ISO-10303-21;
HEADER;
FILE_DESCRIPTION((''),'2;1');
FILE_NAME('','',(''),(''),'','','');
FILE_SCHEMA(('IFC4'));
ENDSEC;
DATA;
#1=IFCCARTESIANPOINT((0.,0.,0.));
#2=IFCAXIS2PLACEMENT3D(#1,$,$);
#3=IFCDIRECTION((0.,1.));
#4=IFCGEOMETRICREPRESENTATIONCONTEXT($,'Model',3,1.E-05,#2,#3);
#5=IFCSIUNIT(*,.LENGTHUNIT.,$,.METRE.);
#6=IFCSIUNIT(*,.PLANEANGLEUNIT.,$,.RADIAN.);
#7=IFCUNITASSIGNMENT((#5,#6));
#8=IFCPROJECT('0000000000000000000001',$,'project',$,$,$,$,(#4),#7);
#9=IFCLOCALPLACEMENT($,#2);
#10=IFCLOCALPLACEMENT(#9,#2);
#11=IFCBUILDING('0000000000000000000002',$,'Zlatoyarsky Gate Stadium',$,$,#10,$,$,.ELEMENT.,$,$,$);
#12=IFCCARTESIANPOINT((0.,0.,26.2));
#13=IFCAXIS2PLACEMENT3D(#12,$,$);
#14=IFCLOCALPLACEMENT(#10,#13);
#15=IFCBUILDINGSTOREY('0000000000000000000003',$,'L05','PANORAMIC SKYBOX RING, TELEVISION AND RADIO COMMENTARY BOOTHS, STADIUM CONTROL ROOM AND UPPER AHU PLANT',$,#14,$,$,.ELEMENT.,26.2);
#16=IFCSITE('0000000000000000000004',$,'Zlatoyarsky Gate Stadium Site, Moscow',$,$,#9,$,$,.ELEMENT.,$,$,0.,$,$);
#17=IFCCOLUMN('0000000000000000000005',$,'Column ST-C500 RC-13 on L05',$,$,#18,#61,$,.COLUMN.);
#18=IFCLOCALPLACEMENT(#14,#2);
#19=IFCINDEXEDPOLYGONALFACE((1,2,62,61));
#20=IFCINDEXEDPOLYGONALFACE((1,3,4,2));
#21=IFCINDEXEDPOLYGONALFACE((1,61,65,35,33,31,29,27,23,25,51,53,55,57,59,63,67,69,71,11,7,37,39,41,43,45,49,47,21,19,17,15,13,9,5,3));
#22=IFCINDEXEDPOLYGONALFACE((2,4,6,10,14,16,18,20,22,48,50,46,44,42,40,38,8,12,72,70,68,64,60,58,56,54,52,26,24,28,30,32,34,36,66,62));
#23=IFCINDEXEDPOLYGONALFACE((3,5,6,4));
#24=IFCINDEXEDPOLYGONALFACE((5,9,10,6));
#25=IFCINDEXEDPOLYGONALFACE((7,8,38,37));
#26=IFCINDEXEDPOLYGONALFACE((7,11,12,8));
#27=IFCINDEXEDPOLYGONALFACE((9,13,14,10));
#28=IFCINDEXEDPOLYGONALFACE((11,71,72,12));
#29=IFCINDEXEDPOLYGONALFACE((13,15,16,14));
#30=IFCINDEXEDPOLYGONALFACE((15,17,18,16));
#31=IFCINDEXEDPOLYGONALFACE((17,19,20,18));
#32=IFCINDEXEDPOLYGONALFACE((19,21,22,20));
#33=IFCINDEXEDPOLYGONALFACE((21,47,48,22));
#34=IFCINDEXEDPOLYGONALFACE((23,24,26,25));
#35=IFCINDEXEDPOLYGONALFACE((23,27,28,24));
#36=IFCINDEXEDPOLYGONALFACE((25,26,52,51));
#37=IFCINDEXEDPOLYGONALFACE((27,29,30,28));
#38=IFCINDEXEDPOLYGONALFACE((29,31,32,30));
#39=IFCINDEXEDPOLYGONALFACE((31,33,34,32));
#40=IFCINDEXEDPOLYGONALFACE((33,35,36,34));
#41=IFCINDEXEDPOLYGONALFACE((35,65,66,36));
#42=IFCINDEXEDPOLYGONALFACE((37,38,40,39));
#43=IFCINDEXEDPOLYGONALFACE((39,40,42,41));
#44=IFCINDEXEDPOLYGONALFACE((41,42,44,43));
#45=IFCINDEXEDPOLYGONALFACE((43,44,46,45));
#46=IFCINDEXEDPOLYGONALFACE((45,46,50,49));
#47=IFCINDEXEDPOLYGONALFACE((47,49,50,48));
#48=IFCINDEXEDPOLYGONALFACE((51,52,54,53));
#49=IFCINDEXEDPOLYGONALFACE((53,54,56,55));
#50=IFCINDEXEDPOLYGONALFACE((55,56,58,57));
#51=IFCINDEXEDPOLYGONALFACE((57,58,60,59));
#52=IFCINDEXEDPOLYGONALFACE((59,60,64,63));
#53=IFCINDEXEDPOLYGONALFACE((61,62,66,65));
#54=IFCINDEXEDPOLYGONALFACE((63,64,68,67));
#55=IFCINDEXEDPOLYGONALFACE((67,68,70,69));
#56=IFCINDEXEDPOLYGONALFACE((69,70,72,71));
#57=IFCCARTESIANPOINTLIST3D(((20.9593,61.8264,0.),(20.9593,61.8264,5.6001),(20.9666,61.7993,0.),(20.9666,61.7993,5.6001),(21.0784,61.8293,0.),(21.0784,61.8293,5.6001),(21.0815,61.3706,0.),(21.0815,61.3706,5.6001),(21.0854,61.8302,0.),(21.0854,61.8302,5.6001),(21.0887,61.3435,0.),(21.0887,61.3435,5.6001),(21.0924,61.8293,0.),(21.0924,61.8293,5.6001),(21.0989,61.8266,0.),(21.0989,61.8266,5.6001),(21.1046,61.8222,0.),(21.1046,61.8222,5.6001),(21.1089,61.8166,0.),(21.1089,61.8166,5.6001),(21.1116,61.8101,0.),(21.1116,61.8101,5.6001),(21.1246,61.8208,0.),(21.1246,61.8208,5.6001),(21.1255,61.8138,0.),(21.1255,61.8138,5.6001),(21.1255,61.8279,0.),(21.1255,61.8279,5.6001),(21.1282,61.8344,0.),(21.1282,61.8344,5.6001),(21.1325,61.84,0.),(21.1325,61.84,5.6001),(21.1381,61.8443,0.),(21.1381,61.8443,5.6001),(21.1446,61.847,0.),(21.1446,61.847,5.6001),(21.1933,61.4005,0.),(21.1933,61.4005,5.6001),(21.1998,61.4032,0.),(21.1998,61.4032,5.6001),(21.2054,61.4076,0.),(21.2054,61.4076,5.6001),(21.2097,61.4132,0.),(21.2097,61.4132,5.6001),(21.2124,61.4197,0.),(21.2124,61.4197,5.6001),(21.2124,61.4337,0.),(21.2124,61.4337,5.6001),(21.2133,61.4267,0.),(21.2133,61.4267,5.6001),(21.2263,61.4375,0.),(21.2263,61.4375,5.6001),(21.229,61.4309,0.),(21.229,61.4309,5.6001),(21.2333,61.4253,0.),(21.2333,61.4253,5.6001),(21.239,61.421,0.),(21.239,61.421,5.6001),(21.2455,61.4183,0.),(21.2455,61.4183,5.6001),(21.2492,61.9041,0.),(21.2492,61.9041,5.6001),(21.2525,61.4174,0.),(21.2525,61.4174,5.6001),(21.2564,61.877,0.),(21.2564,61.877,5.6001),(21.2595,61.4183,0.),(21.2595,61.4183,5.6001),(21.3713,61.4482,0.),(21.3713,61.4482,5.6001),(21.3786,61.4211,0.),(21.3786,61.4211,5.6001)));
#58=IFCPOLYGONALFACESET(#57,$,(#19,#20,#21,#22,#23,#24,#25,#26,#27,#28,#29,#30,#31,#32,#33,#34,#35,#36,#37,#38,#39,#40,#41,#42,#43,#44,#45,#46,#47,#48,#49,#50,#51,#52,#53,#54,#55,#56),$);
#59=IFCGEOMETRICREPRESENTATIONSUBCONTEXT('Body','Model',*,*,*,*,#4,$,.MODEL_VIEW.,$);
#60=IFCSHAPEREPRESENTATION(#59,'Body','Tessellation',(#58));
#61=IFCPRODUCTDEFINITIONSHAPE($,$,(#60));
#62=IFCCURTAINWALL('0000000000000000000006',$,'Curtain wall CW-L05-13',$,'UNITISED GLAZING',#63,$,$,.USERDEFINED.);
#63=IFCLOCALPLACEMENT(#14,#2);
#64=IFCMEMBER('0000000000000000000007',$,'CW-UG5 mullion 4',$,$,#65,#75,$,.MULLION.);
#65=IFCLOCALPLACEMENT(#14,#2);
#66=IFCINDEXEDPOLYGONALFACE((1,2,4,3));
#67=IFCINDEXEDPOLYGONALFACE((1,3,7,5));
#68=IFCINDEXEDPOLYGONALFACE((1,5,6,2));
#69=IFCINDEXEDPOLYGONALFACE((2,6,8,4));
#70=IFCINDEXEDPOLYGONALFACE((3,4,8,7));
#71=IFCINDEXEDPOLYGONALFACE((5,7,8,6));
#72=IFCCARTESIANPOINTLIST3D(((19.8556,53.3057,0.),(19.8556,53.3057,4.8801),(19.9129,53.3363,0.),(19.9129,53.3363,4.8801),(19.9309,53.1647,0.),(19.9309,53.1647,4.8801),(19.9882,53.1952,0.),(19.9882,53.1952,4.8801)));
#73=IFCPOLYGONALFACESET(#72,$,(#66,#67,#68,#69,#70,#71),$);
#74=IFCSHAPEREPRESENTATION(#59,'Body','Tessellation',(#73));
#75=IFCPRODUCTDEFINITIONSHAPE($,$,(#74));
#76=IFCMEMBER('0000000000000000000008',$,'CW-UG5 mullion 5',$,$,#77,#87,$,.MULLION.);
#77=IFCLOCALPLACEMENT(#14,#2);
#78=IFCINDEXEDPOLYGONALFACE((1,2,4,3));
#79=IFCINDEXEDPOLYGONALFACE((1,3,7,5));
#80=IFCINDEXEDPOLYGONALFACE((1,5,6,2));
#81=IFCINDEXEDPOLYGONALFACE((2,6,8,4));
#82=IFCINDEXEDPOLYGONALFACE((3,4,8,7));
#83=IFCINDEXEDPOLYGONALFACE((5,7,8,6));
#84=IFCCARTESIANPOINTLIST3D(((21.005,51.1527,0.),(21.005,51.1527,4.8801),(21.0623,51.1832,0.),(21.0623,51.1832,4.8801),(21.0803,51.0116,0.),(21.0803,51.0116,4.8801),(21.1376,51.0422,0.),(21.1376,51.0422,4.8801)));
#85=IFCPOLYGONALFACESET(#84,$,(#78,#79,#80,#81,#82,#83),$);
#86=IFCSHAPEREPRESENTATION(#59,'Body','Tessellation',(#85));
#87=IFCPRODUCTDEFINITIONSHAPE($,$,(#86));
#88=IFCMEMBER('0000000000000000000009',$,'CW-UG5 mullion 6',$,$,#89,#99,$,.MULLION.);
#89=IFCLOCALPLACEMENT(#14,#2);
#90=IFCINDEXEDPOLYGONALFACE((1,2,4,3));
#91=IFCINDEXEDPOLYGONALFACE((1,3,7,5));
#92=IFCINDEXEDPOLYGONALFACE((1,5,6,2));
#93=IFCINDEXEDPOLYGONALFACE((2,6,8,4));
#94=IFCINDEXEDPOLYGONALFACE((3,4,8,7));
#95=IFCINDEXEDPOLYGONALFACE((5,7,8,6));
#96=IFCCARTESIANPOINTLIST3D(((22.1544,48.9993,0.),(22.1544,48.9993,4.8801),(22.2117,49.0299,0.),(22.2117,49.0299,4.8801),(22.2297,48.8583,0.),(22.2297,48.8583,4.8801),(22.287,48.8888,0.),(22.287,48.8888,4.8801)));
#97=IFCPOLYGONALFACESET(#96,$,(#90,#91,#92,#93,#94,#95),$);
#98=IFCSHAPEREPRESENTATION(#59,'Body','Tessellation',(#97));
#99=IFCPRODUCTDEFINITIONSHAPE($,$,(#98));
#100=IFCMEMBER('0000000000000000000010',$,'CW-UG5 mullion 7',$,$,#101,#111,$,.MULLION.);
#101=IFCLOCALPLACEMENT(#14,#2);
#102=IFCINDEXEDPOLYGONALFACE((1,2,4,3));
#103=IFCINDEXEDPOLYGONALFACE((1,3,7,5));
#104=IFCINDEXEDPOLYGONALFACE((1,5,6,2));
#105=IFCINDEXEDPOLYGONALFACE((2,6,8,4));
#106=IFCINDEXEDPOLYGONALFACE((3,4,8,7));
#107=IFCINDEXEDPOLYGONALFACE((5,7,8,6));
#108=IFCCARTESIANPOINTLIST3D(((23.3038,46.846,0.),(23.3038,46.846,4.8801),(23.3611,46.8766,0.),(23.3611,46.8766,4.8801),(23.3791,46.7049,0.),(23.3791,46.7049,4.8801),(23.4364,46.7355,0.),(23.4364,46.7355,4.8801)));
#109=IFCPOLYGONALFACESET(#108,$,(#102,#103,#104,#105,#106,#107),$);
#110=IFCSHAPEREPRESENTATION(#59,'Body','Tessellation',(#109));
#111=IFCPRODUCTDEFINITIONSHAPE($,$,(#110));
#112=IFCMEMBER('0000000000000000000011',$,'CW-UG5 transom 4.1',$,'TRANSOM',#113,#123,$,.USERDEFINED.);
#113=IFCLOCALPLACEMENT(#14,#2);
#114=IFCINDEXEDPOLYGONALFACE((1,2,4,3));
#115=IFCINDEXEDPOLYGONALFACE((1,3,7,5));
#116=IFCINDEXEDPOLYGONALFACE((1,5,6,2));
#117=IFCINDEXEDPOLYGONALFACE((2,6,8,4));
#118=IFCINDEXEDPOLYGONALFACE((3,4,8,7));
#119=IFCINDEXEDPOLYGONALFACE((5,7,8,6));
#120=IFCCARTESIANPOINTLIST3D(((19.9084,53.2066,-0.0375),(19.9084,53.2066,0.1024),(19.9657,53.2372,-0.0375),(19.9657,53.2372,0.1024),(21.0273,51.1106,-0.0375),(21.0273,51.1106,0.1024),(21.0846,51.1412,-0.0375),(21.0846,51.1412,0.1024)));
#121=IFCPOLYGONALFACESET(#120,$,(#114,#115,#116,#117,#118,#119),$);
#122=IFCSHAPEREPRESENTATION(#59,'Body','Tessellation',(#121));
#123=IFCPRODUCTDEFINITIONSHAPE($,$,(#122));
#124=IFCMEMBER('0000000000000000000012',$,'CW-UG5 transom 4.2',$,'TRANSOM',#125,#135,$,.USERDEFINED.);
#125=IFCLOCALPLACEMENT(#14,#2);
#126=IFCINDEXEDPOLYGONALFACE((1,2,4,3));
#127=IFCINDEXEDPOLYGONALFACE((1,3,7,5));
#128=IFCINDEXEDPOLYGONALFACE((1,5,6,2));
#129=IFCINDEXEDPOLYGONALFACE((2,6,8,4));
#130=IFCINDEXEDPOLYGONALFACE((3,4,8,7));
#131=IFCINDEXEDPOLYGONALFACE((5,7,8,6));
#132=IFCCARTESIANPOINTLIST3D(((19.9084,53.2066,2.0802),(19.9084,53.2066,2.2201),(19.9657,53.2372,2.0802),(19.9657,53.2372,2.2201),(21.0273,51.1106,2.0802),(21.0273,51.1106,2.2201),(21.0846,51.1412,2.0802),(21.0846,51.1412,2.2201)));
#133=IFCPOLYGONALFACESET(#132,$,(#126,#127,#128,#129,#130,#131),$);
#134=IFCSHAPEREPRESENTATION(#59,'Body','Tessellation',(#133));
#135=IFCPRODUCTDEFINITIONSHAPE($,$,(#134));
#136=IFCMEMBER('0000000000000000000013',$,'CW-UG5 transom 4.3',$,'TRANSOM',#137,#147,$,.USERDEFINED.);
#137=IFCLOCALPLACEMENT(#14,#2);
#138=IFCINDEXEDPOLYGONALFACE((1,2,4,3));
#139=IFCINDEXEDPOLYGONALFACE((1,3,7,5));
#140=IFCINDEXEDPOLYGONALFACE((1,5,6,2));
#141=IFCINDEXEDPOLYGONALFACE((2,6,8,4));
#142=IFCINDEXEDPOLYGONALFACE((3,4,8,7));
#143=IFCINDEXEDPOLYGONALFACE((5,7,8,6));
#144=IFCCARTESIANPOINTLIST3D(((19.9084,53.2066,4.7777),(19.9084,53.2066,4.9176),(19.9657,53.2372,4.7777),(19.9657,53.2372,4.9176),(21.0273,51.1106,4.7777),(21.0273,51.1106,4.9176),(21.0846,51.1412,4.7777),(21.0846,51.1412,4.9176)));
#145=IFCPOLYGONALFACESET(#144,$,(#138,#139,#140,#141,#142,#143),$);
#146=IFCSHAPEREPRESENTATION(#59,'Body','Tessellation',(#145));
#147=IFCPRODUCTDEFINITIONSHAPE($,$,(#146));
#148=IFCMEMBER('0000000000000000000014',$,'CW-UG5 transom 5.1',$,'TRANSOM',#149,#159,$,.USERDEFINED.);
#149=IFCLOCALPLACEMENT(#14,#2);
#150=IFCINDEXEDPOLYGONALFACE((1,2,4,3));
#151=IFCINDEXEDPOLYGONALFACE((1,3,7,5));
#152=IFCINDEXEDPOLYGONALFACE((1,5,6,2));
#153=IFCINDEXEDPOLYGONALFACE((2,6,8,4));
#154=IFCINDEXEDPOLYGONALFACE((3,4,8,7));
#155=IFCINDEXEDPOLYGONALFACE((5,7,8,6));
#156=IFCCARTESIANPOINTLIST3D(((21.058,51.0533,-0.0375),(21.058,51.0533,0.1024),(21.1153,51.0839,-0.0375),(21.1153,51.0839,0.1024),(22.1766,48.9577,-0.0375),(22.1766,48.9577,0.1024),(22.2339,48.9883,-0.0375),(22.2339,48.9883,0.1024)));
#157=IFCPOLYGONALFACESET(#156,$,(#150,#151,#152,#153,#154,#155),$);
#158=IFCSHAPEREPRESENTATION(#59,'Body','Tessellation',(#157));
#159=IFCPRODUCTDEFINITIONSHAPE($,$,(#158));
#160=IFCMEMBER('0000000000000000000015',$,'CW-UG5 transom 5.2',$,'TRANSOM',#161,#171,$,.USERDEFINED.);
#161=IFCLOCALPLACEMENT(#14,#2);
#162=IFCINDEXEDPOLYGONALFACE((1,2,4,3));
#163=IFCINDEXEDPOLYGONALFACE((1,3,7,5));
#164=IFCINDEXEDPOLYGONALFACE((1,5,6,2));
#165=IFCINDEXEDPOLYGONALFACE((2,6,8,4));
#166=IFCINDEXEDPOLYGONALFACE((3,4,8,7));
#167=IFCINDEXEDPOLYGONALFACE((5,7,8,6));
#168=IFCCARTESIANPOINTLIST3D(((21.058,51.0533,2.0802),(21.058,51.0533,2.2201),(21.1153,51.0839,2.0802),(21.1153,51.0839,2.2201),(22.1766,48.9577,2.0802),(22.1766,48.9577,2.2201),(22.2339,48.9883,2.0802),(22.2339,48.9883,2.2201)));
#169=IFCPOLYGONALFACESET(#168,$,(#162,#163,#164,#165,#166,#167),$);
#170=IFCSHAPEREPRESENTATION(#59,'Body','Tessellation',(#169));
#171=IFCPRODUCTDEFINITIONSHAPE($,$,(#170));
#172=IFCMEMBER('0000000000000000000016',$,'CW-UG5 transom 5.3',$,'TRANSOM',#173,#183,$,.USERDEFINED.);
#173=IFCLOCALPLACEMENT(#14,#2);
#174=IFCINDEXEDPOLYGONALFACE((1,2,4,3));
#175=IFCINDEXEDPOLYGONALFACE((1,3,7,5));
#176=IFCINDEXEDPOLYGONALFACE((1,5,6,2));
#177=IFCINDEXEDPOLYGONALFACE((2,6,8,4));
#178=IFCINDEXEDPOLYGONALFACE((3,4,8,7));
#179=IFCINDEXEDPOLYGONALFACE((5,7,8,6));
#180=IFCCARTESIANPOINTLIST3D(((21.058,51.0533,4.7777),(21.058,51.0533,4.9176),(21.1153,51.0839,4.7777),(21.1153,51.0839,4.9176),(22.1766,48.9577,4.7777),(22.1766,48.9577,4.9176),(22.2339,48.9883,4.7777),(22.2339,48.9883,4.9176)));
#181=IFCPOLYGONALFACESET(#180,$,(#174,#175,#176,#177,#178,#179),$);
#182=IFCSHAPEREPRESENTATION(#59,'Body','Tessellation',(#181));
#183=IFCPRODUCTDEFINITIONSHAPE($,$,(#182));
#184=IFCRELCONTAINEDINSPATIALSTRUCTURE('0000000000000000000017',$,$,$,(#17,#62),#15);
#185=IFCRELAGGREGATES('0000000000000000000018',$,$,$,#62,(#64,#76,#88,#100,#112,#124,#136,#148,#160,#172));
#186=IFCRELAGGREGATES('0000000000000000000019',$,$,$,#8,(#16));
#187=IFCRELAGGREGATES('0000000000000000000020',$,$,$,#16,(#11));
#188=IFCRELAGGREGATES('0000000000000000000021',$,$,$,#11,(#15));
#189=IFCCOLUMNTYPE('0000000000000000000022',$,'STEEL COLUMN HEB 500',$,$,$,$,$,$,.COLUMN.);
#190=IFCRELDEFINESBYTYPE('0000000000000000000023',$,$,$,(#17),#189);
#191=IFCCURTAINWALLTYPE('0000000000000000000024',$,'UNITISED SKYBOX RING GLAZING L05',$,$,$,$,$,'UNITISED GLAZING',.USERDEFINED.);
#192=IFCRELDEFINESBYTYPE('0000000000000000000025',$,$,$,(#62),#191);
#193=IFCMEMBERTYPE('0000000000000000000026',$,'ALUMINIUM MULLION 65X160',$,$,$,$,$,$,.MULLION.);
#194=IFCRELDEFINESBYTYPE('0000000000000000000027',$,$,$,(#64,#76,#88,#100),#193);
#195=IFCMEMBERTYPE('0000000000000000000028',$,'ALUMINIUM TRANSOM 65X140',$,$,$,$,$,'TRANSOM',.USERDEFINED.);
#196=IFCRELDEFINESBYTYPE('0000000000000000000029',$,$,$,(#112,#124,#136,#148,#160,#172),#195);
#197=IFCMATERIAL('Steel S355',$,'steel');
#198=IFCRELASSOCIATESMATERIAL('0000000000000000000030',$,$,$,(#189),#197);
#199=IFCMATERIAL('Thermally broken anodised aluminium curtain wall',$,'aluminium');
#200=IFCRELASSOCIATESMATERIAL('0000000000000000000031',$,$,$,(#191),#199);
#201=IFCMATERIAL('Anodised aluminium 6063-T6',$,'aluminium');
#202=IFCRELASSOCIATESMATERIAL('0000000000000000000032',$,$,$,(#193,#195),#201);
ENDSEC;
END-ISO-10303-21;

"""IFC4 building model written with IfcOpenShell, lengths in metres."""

from ifc_helpers import new_model, si_unit, direction, frame, origin, origin_2d, place, context, subcontext, project, spatial, rectangle, i_section, extrude, material, material_profile, profile_set, type_object, element, aggregate, save


model = new_model("IFC4")

# Units and contexts
model_context = context("Model", 3, precision=1e-05, world=origin(), true_north=direction((0.0, 1.0)))
body_context = subcontext(model_context, "Body", "Model", "MODEL_VIEW")
ifc_project = project(units=[si_unit("LENGTHUNIT", "METRE"), si_unit("PLANEANGLEUNIT", "RADIAN")], contexts=[model_context])

# Site, building, storey
site_placement = place(None, origin())
site = spatial("IfcSite", under=ifc_project, at=site_placement, Name="Zlatoyarsky Gate Stadium Site, Moscow", CompositionType="ELEMENT", RefElevation=0.0)
building_placement = place(site_placement, origin())
building = spatial("IfcBuilding", under=site, at=building_placement, Name="Zlatoyarsky Gate Stadium", CompositionType="ELEMENT")
storey_placement = place(building_placement, frame((0.0, 0.0, 26.2)))
storey = spatial("IfcBuildingStorey", under=building, at=storey_placement, Name="L05", Description="PANORAMIC SKYBOX RING, TELEVISION AND RADIO COMMENTARY BOOTHS, STADIUM CONTROL ROOM AND UPPER AHU PLANT", CompositionType="ELEMENT", Elevation=26.2)

# Column
ifc_material_1 = material(Name="Steel S355", Category="steel")
ifc_material_profile_1 = material_profile(ifc_material_1, i_section(OverallWidth=0.3, OverallDepth=0.5, WebThickness=0.0144, FlangeThickness=0.0281, FilletRadius=0.0271, at=origin_2d()), Name="HEB 500")
ifc_profile_set_1 = profile_set([ifc_material_profile_1], Name="Steel S355")
column_type = type_object("IfcColumnType", Name="STEEL COLUMN HEB 500", PredefinedType="COLUMN", material=ifc_profile_set_1)
column_placement = place(storey_placement, frame((21.1689, 61.6238, 0.0), z_axis=(0.0, 0.0, 1.0), x_axis=(-0.965926, -0.258819, 0.0)))
element("IfcColumn", 1, at=column_placement, inside=storey, type_object=column_type, Name="Column ST-C500 RC-13 on L05", PredefinedType="COLUMN", context=body_context, shape_type="SweptSolid", body=[
    extrude(i_section(OverallWidth=0.3, OverallDepth=0.5, WebThickness=0.0144, FlangeThickness=0.0281, FilletRadius=0.0271, at=origin_2d()), origin(), (0.0, 0.0, 1.0), 5.6001),
])

# Curtain wall, members
ifc_material_2 = material(Name="Thermally broken anodised aluminium curtain wall", Category="aluminium")
curtain_wall_type = type_object("IfcCurtainWallType", Name="UNITISED SKYBOX RING GLAZING L05", ElementType="UNITISED GLAZING", PredefinedType="USERDEFINED", material=ifc_material_2)
curtain_wall_placement = place(storey_placement, origin())
curtain_wall = element("IfcCurtainWall", 2, at=curtain_wall_placement, inside=storey, type_object=curtain_wall_type, Name="Curtain wall CW-L05-13", ObjectType="UNITISED GLAZING", PredefinedType="USERDEFINED")
ifc_material_3 = material(Name="Anodised aluminium 6063-T6", Category="aluminium")
ifc_material_profile_2 = material_profile(ifc_material_3, rectangle(XDim=0.0649, YDim=0.1599, at=origin_2d()), Name="ALU 65X160")
ifc_profile_set_2 = profile_set([ifc_material_profile_2], Name="Anodised aluminium 6063-T6")
member_type_1 = type_object("IfcMemberType", Name="ALUMINIUM MULLION 65X160", PredefinedType="MULLION", material=ifc_profile_set_2)
member_1_placement = place(storey_placement, frame((19.9219, 53.2505, 0.0), z_axis=(0.0, 0.0, 1.0), x_axis=(0.882167, 0.470937, 0.0)))
member_1 = element("IfcMember", 3, at=member_1_placement, type_object=member_type_1, Name="CW-UG5 mullion 4", PredefinedType="MULLION", context=body_context, shape_type="SweptSolid", body=[
    extrude(rectangle(XDim=0.0649, YDim=0.1599, at=origin_2d()), origin(), (0.0, 0.0, 1.0), 4.8801),
])
member_2_placement = place(storey_placement, frame((21.0713, 51.0974, 0.0), z_axis=(0.0, 0.0, 1.0), x_axis=(0.882167, 0.470937, 0.0)))
member_2 = element("IfcMember", 4, at=member_2_placement, type_object=member_type_1, Name="CW-UG5 mullion 5", PredefinedType="MULLION", context=body_context, shape_type="SweptSolid", body=[
    extrude(rectangle(XDim=0.0649, YDim=0.1599, at=origin_2d()), origin(), (0.0, 0.0, 1.0), 4.8801),
])
member_3_placement = place(storey_placement, frame((22.2207, 48.9441, 0.0), z_axis=(0.0, 0.0, 1.0), x_axis=(0.882167, 0.470937, 0.0)))
member_3 = element("IfcMember", 5, at=member_3_placement, type_object=member_type_1, Name="CW-UG5 mullion 6", PredefinedType="MULLION", context=body_context, shape_type="SweptSolid", body=[
    extrude(rectangle(XDim=0.0649, YDim=0.1599, at=origin_2d()), origin(), (0.0, 0.0, 1.0), 4.8801),
])
member_4_placement = place(storey_placement, frame((23.3701, 46.7908, 0.0), z_axis=(0.0, 0.0, 1.0), x_axis=(0.882167, 0.470937, 0.0)))
member_4 = element("IfcMember", 6, at=member_4_placement, type_object=member_type_1, Name="CW-UG5 mullion 7", PredefinedType="MULLION", context=body_context, shape_type="SweptSolid", body=[
    extrude(rectangle(XDim=0.0649, YDim=0.1599, at=origin_2d()), origin(), (0.0, 0.0, 1.0), 4.8801),
])
ifc_material_profile_3 = material_profile(ifc_material_3, rectangle(XDim=0.0649, YDim=0.1399, at=origin_2d()), Name="ALU 65X140")
ifc_profile_set_3 = profile_set([ifc_material_profile_3], Name="Anodised aluminium 6063-T6")
member_type_2 = type_object("IfcMemberType", Name="ALUMINIUM TRANSOM 65X140", ElementType="TRANSOM", PredefinedType="USERDEFINED", material=ifc_profile_set_3)
member_5_placement = place(storey_placement, frame((19.937, 53.2219, 0.0325), z_axis=(0.470935, -0.882168, 0.0), x_axis=(0.882168, 0.470935, 0.0)))
member_5 = element("IfcMember", 7, at=member_5_placement, type_object=member_type_2, Name="CW-UG5 transom 4.1", ObjectType="TRANSOM", PredefinedType="USERDEFINED", context=body_context, shape_type="SweptSolid", body=[
    extrude(rectangle(XDim=0.0649, YDim=0.1399, at=origin_2d()), origin(), (0.0, 0.0, 1.0), 2.376),
])
member_6_placement = place(storey_placement, frame((19.937, 53.2219, 2.1501), z_axis=(0.470935, -0.882168, 0.0), x_axis=(0.882168, 0.470935, 0.0)))
member_6 = element("IfcMember", 8, at=member_6_placement, type_object=member_type_2, Name="CW-UG5 transom 4.2", ObjectType="TRANSOM", PredefinedType="USERDEFINED", context=body_context, shape_type="SweptSolid", body=[
    extrude(rectangle(XDim=0.0649, YDim=0.1399, at=origin_2d()), origin(), (0.0, 0.0, 1.0), 2.376),
])
member_7_placement = place(storey_placement, frame((19.937, 53.2219, 4.8477), z_axis=(0.470935, -0.882168, 0.0), x_axis=(0.882168, 0.470935, 0.0)))
member_7 = element("IfcMember", 9, at=member_7_placement, type_object=member_type_2, Name="CW-UG5 transom 4.3", ObjectType="TRANSOM", PredefinedType="USERDEFINED", context=body_context, shape_type="SweptSolid", body=[
    extrude(rectangle(XDim=0.0649, YDim=0.1399, at=origin_2d()), origin(), (0.0, 0.0, 1.0), 2.376),
])
member_8_placement = place(storey_placement, frame((21.0867, 51.0686, 0.0325), z_axis=(0.470898, -0.882188, 0.0), x_axis=(0.882188, 0.470898, 0.0)))
member_8 = element("IfcMember", 10, at=member_8_placement, type_object=member_type_2, Name="CW-UG5 transom 5.1", ObjectType="TRANSOM", PredefinedType="USERDEFINED", context=body_context, shape_type="SweptSolid", body=[
    extrude(rectangle(XDim=0.0649, YDim=0.1399, at=origin_2d()), origin(), (0.0, 0.0, 1.0), 2.3755),
])
member_9_placement = place(storey_placement, frame((21.0867, 51.0686, 2.1501), z_axis=(0.470898, -0.882188, 0.0), x_axis=(0.882188, 0.470898, 0.0)))
member_9 = element("IfcMember", 11, at=member_9_placement, type_object=member_type_2, Name="CW-UG5 transom 5.2", ObjectType="TRANSOM", PredefinedType="USERDEFINED", context=body_context, shape_type="SweptSolid", body=[
    extrude(rectangle(XDim=0.0649, YDim=0.1399, at=origin_2d()), origin(), (0.0, 0.0, 1.0), 2.3755),
])
member_10_placement = place(storey_placement, frame((21.0867, 51.0686, 4.8477), z_axis=(0.470898, -0.882188, 0.0), x_axis=(0.882188, 0.470898, 0.0)))
member_10 = element("IfcMember", 12, at=member_10_placement, type_object=member_type_2, Name="CW-UG5 transom 5.3", ObjectType="TRANSOM", PredefinedType="USERDEFINED", context=body_context, shape_type="SweptSolid", body=[
    extrude(rectangle(XDim=0.0649, YDim=0.1399, at=origin_2d()), origin(), (0.0, 0.0, 1.0), 2.3755),
])

aggregate(curtain_wall, [member_1, member_2, member_3, member_4, member_5, member_6, member_7, member_8, member_9, member_10])

save(model, "model.ifc")
